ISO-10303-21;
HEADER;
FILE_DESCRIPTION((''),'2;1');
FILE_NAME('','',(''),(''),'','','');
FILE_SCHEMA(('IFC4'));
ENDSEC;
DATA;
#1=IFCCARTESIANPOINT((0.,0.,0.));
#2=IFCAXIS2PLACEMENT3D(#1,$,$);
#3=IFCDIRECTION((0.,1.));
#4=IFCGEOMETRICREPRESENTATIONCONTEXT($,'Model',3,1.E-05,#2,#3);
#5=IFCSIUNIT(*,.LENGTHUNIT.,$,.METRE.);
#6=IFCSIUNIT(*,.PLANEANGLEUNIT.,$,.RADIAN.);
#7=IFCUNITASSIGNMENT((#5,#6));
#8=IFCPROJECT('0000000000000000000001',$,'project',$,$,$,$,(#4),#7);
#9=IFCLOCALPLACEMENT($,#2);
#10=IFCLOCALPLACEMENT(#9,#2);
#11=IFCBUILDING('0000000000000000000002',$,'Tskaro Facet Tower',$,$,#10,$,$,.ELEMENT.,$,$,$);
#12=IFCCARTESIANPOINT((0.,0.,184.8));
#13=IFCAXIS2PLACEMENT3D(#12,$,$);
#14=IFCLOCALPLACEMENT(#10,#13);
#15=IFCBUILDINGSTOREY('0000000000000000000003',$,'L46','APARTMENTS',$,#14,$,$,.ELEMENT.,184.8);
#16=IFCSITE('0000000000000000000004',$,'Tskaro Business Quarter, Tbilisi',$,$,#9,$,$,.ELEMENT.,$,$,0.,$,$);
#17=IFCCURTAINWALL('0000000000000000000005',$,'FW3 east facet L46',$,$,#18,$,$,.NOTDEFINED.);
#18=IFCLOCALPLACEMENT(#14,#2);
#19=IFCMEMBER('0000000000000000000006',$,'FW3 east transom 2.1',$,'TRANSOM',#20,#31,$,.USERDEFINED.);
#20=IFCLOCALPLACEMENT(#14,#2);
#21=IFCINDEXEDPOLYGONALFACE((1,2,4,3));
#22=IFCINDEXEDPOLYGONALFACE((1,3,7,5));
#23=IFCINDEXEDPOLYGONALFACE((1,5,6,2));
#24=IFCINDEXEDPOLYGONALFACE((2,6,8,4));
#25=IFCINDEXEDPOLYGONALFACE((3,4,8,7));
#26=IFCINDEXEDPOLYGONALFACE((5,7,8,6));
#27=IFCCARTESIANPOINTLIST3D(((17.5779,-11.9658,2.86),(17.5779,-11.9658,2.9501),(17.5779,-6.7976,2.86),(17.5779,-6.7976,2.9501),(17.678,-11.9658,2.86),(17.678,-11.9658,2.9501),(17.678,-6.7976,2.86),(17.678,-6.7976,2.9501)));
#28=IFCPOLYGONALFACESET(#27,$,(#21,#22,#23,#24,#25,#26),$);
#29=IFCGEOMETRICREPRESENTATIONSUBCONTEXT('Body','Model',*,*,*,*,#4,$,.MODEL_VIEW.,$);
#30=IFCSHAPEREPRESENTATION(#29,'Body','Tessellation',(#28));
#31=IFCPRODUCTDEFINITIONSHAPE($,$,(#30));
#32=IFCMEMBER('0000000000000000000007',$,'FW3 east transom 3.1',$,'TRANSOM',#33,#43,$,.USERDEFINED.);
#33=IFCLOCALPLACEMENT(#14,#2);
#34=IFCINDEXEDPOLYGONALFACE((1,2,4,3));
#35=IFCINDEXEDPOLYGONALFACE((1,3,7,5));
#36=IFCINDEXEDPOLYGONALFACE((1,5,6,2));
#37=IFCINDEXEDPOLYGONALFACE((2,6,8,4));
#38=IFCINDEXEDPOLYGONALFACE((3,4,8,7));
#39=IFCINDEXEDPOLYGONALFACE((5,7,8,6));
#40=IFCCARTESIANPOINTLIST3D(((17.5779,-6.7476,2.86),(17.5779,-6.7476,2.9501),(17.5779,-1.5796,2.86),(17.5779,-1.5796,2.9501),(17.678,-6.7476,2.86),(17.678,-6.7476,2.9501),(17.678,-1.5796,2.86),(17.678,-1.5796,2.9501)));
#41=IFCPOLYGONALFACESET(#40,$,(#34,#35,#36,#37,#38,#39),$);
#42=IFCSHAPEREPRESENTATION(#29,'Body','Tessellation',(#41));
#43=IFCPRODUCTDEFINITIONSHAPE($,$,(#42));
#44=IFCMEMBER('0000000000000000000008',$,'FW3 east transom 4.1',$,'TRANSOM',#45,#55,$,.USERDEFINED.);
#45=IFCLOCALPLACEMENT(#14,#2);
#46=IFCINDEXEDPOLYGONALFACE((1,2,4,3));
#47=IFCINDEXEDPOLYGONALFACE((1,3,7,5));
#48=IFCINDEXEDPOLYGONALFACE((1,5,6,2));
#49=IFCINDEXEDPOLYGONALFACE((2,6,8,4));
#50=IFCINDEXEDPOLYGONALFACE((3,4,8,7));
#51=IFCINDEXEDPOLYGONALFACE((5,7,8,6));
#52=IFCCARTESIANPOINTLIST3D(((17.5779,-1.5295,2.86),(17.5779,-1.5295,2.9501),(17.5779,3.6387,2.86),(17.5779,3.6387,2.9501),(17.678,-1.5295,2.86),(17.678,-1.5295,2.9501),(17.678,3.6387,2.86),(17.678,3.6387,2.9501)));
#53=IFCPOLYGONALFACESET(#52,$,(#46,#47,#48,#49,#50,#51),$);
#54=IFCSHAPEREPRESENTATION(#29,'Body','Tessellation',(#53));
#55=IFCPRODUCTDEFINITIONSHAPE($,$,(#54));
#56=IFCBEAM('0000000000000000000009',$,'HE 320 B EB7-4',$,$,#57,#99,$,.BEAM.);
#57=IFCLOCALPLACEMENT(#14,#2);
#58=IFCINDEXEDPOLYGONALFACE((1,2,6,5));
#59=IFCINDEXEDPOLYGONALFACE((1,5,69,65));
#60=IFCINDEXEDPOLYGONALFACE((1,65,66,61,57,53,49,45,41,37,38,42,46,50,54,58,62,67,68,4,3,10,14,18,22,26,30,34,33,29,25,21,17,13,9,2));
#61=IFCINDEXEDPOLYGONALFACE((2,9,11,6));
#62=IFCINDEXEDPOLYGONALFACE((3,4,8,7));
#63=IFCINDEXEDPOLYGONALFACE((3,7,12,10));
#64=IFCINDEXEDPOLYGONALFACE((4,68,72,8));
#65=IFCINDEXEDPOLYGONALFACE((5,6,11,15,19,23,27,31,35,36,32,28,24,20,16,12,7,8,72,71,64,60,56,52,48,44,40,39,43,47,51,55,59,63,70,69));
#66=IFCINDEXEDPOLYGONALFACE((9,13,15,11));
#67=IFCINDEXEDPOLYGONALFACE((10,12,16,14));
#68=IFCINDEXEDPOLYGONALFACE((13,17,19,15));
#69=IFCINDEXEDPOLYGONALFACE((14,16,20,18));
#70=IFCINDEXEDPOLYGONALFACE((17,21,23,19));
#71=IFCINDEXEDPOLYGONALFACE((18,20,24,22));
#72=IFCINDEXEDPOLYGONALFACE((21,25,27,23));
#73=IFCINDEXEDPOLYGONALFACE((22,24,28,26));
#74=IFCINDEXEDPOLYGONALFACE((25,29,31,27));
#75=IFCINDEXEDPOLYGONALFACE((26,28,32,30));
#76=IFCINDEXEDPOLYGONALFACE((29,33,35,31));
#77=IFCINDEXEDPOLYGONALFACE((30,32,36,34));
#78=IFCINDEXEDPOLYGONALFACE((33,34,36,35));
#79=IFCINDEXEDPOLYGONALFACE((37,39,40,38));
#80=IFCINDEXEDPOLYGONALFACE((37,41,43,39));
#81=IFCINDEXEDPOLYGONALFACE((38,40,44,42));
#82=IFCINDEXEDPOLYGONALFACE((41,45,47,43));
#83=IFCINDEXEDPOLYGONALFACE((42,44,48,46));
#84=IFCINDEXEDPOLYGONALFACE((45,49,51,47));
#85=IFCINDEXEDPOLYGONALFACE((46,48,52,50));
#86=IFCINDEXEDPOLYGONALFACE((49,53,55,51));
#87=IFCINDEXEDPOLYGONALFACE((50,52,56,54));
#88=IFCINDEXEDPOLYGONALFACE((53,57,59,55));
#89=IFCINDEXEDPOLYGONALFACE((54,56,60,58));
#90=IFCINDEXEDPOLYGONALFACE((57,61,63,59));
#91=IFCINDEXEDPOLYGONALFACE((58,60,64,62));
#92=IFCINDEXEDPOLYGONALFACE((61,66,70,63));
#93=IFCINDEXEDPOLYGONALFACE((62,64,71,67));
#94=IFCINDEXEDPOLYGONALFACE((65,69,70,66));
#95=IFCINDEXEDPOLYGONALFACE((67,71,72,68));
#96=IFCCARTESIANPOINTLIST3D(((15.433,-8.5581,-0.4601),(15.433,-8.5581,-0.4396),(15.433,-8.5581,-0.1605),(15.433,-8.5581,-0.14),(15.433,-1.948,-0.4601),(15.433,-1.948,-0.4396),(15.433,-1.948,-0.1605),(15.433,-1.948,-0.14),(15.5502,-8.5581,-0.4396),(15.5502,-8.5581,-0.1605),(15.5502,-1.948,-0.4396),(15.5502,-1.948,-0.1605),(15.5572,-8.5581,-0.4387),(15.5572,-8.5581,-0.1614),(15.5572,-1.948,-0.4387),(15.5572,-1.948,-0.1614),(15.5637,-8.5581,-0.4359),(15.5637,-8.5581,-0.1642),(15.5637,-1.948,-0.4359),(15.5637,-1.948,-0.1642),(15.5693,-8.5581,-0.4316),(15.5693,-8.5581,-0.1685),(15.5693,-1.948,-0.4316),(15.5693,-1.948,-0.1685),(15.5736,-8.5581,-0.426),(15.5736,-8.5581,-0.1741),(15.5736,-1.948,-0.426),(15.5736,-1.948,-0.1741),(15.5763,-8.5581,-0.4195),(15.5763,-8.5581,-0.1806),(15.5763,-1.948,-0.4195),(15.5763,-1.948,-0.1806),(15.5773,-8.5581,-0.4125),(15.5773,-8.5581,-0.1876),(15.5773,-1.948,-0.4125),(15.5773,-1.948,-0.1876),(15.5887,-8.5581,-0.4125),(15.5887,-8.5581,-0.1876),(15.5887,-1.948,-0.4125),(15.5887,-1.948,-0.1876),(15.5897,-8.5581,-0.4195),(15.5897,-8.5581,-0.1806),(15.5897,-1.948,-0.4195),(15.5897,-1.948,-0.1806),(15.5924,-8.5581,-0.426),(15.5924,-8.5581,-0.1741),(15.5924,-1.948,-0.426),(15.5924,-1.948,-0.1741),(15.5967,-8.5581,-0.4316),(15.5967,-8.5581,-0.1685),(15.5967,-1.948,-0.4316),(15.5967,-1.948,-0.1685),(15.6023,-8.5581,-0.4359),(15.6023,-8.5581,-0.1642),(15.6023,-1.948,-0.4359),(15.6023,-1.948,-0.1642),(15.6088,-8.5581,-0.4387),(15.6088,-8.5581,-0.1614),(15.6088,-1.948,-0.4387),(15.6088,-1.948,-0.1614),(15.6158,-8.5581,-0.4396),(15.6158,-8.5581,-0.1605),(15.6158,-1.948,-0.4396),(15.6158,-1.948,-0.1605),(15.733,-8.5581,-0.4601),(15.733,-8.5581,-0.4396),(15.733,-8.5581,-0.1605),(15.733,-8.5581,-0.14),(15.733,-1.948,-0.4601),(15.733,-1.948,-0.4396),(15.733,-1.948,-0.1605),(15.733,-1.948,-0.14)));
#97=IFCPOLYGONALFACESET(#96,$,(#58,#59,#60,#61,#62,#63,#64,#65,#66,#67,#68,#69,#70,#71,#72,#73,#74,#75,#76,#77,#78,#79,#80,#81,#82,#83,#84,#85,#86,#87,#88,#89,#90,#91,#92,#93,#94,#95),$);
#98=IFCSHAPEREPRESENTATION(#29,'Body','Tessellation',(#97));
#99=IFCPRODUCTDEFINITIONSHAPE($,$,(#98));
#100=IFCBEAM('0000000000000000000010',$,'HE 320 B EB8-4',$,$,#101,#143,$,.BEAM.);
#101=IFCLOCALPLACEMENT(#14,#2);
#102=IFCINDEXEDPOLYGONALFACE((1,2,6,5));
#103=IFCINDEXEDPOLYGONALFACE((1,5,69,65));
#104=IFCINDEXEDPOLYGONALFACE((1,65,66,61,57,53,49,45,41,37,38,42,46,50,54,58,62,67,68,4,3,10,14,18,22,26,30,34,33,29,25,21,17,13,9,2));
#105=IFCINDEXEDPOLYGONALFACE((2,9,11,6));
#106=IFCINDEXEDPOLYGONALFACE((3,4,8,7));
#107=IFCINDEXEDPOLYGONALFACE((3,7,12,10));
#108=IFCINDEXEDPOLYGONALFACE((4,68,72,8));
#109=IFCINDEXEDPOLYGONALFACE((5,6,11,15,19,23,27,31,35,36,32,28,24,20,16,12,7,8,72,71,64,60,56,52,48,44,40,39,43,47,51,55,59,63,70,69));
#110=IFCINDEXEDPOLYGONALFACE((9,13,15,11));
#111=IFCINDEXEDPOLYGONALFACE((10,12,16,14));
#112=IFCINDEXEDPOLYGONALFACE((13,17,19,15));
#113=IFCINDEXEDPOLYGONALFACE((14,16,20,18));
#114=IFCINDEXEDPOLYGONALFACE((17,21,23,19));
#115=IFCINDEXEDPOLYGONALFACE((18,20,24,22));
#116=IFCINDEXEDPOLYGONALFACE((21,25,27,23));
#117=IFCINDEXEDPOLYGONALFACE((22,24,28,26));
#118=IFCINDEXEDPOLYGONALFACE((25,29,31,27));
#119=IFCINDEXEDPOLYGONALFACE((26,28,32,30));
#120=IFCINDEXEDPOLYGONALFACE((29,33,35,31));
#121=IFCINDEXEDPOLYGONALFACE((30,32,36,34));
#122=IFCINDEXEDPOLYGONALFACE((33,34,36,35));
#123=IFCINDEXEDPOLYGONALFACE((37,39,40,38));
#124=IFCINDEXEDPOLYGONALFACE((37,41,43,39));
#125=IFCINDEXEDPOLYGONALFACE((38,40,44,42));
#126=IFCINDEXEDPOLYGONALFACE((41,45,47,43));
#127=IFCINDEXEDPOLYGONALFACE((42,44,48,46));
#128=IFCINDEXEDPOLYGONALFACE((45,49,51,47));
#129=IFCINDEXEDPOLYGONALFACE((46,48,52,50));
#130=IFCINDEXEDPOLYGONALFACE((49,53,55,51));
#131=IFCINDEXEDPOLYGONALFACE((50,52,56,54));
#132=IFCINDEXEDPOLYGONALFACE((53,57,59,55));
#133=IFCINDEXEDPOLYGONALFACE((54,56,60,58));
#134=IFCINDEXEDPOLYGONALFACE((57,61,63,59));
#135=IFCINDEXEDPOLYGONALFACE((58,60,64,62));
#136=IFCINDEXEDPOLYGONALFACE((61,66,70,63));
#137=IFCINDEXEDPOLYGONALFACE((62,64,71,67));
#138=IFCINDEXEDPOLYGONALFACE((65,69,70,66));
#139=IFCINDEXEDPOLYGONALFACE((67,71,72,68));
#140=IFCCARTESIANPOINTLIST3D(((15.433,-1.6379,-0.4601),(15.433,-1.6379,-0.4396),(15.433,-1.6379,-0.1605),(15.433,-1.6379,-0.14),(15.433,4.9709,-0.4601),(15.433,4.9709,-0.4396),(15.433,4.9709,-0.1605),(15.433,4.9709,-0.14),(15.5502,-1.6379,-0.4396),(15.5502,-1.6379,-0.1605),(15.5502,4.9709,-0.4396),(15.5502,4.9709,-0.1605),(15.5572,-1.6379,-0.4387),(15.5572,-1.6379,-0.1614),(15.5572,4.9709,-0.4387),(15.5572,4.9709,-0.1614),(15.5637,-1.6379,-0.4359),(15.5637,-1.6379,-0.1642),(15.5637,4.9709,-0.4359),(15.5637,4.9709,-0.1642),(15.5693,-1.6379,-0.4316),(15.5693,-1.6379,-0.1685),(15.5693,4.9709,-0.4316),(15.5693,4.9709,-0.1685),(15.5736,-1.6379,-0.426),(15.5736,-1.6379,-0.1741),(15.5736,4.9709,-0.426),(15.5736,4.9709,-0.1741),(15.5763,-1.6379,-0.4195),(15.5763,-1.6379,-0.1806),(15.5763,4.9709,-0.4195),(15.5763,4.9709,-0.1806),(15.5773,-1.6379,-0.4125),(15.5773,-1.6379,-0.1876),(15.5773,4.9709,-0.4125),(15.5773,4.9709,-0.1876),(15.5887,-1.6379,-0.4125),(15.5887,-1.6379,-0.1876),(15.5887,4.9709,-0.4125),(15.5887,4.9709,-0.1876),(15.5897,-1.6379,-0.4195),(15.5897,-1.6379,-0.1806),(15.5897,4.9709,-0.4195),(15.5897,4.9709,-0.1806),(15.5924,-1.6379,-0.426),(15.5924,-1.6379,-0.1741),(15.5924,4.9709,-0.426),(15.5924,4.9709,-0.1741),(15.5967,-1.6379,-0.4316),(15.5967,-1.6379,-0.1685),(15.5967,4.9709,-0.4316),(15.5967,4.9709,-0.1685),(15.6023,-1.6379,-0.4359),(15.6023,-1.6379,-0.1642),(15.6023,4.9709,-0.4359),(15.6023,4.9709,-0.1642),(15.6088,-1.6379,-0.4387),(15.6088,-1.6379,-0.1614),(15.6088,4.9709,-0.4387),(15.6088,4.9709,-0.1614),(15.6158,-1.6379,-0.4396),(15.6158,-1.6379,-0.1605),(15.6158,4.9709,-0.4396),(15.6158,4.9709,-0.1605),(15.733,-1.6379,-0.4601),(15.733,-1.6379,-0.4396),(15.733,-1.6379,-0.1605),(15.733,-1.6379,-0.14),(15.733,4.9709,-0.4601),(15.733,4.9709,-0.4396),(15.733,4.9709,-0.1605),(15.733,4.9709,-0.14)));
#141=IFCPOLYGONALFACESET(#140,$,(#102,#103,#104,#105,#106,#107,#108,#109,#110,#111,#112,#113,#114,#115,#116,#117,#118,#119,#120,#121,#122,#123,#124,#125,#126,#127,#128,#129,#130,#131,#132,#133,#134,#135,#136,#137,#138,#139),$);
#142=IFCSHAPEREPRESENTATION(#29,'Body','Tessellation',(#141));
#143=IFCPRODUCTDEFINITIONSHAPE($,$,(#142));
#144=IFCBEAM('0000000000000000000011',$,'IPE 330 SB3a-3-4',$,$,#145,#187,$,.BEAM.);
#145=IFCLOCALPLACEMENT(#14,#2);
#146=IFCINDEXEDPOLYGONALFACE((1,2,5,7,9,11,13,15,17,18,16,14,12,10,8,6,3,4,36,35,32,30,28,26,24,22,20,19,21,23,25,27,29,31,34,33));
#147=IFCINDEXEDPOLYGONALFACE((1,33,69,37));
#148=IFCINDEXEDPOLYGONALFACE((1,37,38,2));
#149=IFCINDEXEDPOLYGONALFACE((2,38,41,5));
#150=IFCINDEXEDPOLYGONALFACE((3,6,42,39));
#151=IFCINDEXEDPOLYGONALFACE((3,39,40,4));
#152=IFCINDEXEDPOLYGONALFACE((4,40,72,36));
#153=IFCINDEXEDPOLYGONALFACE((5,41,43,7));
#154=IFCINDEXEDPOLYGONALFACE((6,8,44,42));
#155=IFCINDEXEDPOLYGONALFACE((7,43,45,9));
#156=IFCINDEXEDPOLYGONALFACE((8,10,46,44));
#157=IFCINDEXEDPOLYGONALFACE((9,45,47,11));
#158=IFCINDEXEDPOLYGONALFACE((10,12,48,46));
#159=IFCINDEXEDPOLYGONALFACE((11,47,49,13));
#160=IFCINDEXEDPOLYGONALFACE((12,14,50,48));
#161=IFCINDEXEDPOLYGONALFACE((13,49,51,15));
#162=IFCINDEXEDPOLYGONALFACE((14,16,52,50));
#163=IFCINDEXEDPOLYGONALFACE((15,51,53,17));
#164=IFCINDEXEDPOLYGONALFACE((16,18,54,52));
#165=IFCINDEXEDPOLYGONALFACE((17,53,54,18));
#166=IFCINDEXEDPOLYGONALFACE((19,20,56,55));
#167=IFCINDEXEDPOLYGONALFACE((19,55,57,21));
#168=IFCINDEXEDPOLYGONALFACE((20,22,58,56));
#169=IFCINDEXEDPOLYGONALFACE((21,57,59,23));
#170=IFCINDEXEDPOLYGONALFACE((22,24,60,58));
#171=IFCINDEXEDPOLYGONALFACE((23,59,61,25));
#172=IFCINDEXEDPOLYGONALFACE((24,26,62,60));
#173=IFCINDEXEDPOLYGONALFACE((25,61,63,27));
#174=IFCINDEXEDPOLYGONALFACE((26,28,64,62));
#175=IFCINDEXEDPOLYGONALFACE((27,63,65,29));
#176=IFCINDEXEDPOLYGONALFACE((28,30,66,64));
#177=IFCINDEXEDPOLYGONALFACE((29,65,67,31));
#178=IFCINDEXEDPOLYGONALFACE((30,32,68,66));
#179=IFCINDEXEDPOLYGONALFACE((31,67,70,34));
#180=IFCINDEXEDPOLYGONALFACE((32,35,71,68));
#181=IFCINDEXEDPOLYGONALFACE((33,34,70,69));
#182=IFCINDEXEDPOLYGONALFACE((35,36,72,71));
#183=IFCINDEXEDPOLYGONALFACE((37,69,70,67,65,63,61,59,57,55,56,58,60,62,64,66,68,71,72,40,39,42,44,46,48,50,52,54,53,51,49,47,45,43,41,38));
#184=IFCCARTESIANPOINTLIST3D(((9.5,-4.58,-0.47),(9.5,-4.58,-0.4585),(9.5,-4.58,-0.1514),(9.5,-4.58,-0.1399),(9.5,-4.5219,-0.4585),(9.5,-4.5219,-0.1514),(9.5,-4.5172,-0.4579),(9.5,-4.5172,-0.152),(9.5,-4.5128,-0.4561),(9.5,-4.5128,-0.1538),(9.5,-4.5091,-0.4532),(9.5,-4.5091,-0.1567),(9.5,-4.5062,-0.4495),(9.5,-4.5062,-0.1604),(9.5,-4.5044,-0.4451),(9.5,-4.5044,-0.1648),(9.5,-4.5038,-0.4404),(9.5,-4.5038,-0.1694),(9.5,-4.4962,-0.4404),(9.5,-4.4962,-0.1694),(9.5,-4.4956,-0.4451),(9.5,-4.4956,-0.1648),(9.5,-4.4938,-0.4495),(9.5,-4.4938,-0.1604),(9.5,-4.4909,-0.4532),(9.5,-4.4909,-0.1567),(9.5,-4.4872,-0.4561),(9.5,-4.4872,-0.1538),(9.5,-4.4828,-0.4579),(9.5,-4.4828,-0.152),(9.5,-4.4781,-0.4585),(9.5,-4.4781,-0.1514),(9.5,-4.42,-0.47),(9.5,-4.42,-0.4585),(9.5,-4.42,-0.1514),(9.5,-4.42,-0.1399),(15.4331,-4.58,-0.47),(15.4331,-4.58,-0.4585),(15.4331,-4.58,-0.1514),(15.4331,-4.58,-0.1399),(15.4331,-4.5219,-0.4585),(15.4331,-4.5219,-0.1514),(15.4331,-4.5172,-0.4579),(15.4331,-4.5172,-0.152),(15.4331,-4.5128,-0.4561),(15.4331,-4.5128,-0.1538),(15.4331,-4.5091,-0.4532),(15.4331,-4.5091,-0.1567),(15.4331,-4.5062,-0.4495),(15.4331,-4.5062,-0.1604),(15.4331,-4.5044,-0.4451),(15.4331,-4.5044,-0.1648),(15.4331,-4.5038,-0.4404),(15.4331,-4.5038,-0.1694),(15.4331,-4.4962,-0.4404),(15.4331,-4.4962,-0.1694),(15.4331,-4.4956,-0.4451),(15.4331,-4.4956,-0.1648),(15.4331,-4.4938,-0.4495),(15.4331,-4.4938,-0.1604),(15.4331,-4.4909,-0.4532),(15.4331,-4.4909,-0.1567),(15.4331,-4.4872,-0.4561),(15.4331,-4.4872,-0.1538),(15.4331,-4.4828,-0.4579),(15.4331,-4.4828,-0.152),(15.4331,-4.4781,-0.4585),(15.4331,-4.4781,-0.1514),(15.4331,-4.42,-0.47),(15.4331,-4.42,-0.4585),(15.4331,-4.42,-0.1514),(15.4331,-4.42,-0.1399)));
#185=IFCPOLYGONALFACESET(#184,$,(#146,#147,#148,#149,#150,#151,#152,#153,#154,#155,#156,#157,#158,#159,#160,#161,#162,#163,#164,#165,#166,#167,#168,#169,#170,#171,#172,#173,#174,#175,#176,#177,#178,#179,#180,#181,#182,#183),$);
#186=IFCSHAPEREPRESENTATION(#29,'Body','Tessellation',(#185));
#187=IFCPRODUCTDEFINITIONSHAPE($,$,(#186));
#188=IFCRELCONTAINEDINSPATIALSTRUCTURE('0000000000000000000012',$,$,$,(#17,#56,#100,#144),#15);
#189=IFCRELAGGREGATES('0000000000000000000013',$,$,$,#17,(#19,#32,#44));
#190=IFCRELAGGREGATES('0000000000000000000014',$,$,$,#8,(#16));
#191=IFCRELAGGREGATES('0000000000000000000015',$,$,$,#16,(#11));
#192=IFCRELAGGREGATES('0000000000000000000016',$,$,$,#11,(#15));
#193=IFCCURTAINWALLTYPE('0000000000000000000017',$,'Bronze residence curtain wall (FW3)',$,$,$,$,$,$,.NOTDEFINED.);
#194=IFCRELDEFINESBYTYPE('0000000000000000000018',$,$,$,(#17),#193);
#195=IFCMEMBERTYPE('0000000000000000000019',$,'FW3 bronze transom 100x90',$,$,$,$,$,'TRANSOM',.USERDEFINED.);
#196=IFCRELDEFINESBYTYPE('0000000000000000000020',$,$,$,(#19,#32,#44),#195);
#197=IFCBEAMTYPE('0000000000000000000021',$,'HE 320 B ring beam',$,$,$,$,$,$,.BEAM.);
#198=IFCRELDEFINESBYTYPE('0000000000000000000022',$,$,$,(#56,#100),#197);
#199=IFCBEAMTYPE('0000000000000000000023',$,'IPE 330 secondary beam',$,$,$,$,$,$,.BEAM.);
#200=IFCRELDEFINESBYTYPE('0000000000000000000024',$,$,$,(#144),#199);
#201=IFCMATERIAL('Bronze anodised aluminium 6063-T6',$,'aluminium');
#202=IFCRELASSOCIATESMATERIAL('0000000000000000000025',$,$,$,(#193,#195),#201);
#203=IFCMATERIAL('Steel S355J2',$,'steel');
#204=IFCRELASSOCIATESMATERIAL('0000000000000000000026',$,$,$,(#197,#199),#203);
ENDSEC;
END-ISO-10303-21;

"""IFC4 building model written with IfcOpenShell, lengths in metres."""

from ifc_helpers import new_model, si_unit, direction, frame, origin, origin_2d, place, context, subcontext, project, spatial, rectangle, i_section, extrude, material, material_profile, profile_set, type_object, element, aggregate, save


model = new_model("IFC4")

# Units and contexts
model_context = context("Model", 3, precision=1e-05, world=origin(), true_north=direction((0.0, 1.0)))
body_context = subcontext(model_context, "Body", "Model", "MODEL_VIEW")
ifc_project = project(units=[si_unit("LENGTHUNIT", "METRE"), si_unit("PLANEANGLEUNIT", "RADIAN")], contexts=[model_context])

# Site, building, storey
site_placement = place(None, origin())
site = spatial("IfcSite", under=ifc_project, at=site_placement, Name="Tskaro Business Quarter, Tbilisi", CompositionType="ELEMENT", RefElevation=0.0)
building_placement = place(site_placement, origin())
building = spatial("IfcBuilding", under=site, at=building_placement, Name="Tskaro Facet Tower", CompositionType="ELEMENT")
storey_placement = place(building_placement, frame((0.0, 0.0, 184.8)))
storey = spatial("IfcBuildingStorey", under=building, at=storey_placement, Name="L46", Description="APARTMENTS", CompositionType="ELEMENT", Elevation=184.8)

# Curtain wall, members
ifc_material_1 = material(Name="Bronze anodised aluminium 6063-T6", Category="aluminium")
curtain_wall_type = type_object("IfcCurtainWallType", Name="Bronze residence curtain wall (FW3)", PredefinedType="NOTDEFINED", material=ifc_material_1)
curtain_wall_placement = place(storey_placement, origin())
curtain_wall = element("IfcCurtainWall", 1, at=curtain_wall_placement, inside=storey, type_object=curtain_wall_type, Name="FW3 east facet L46", PredefinedType="NOTDEFINED")
ifc_material_profile_1 = material_profile(ifc_material_1, rectangle(XDim=0.1001, YDim=0.0901, at=origin_2d()), Name="Transom 100x90")
ifc_profile_set_1 = profile_set([ifc_material_profile_1], Name="Bronze anodised aluminium 6063-T6")
member_type_1 = type_object("IfcMemberType", Name="FW3 bronze transom 100x90", ElementType="TRANSOM", PredefinedType="USERDEFINED", material=ifc_profile_set_1)
member_1_placement = place(storey_placement, frame((17.6279, -11.9658, 2.905), z_axis=(0.0, 1.0, 0.0), x_axis=(-1.0, 0.0, 0.0)))
member_1 = element("IfcMember", 2, at=member_1_placement, type_object=member_type_1, Name="FW3 east transom 2.1", ObjectType="TRANSOM", PredefinedType="USERDEFINED", context=body_context, shape_type="SweptSolid", body=[
    extrude(rectangle(XDim=0.1001, YDim=0.0901, at=origin_2d()), origin(), (0.0, 0.0, 1.0), 5.1682),
])
member_2_placement = place(storey_placement, frame((17.6279, -6.7476, 2.905), z_axis=(0.0, 1.0, 0.0), x_axis=(-1.0, 0.0, 0.0)))
member_2 = element("IfcMember", 3, at=member_2_placement, type_object=member_type_1, Name="FW3 east transom 3.1", ObjectType="TRANSOM", PredefinedType="USERDEFINED", context=body_context, shape_type="SweptSolid", body=[
    extrude(rectangle(XDim=0.1001, YDim=0.0901, at=origin_2d()), origin(), (0.0, 0.0, 1.0), 5.168),
])
member_3_placement = place(storey_placement, frame((17.6279, -1.5295, 2.905), z_axis=(0.0, 1.0, 0.0), x_axis=(-1.0, 0.0, 0.0)))
member_3 = element("IfcMember", 4, at=member_3_placement, type_object=member_type_1, Name="FW3 east transom 4.1", ObjectType="TRANSOM", PredefinedType="USERDEFINED", context=body_context, shape_type="SweptSolid", body=[
    extrude(rectangle(XDim=0.1001, YDim=0.0901, at=origin_2d()), origin(), (0.0, 0.0, 1.0), 5.1682),
])

# Beams
ifc_material_2 = material(Name="Steel S355J2", Category="steel")
ifc_material_profile_2 = material_profile(ifc_material_2, i_section(OverallWidth=0.3, OverallDepth=0.3201, WebThickness=0.0115, FlangeThickness=0.0205, FilletRadius=0.0271, at=origin_2d()), Name="HE 320 B")
ifc_profile_set_2 = profile_set([ifc_material_profile_2], Name="Steel S355J2")
beam_type_1 = type_object("IfcBeamType", Name="HE 320 B ring beam", PredefinedType="BEAM", material=ifc_profile_set_2)
beam_1_placement = place(storey_placement, frame((15.583, -8.5581, -0.3), z_axis=(0.0, 1.0, 0.0), x_axis=(-1.0, 0.0, 0.0)))
element("IfcBeam", 5, at=beam_1_placement, inside=storey, type_object=beam_type_1, Name="HE 320 B EB7-4", PredefinedType="BEAM", context=body_context, shape_type="SweptSolid", body=[
    extrude(i_section(OverallWidth=0.3, OverallDepth=0.3201, WebThickness=0.0115, FlangeThickness=0.0205, FilletRadius=0.0271, at=origin_2d()), origin(), (0.0, 0.0, 1.0), 6.6101),
])
beam_2_placement = place(storey_placement, frame((15.583, -1.6379, -0.3), z_axis=(0.0, 1.0, 0.0), x_axis=(-1.0, 0.0, 0.0)))
element("IfcBeam", 6, at=beam_2_placement, inside=storey, type_object=beam_type_1, Name="HE 320 B EB8-4", PredefinedType="BEAM", context=body_context, shape_type="SweptSolid", body=[
    extrude(i_section(OverallWidth=0.3, OverallDepth=0.3201, WebThickness=0.0115, FlangeThickness=0.0205, FilletRadius=0.0271, at=origin_2d()), origin(), (0.0, 0.0, 1.0), 6.6089),
])
ifc_material_profile_3 = material_profile(ifc_material_2, i_section(OverallWidth=0.1599, OverallDepth=0.3301, WebThickness=0.0076, FlangeThickness=0.0115, FilletRadius=0.0181, at=origin_2d()), Name="IPE 330")
ifc_profile_set_3 = profile_set([ifc_material_profile_3], Name="Steel S355J2")
beam_type_2 = type_object("IfcBeamType", Name="IPE 330 secondary beam", PredefinedType="BEAM", material=ifc_profile_set_3)
beam_3_placement = place(storey_placement, frame((9.5, -4.5, -0.3049), z_axis=(1.0, 0.0, 0.0), x_axis=(0.0, 1.0, 0.0)))
element("IfcBeam", 7, at=beam_3_placement, inside=storey, type_object=beam_type_2, Name="IPE 330 SB3a-3-4", PredefinedType="BEAM", context=body_context, shape_type="SweptSolid", body=[
    extrude(i_section(OverallWidth=0.1599, OverallDepth=0.3301, WebThickness=0.0076, FlangeThickness=0.0115, FilletRadius=0.0181, at=origin_2d()), origin(), (0.0, 0.0, 1.0), 5.9331),
])

aggregate(curtain_wall, [member_1, member_2, member_3])

save(model, "model.ifc")
